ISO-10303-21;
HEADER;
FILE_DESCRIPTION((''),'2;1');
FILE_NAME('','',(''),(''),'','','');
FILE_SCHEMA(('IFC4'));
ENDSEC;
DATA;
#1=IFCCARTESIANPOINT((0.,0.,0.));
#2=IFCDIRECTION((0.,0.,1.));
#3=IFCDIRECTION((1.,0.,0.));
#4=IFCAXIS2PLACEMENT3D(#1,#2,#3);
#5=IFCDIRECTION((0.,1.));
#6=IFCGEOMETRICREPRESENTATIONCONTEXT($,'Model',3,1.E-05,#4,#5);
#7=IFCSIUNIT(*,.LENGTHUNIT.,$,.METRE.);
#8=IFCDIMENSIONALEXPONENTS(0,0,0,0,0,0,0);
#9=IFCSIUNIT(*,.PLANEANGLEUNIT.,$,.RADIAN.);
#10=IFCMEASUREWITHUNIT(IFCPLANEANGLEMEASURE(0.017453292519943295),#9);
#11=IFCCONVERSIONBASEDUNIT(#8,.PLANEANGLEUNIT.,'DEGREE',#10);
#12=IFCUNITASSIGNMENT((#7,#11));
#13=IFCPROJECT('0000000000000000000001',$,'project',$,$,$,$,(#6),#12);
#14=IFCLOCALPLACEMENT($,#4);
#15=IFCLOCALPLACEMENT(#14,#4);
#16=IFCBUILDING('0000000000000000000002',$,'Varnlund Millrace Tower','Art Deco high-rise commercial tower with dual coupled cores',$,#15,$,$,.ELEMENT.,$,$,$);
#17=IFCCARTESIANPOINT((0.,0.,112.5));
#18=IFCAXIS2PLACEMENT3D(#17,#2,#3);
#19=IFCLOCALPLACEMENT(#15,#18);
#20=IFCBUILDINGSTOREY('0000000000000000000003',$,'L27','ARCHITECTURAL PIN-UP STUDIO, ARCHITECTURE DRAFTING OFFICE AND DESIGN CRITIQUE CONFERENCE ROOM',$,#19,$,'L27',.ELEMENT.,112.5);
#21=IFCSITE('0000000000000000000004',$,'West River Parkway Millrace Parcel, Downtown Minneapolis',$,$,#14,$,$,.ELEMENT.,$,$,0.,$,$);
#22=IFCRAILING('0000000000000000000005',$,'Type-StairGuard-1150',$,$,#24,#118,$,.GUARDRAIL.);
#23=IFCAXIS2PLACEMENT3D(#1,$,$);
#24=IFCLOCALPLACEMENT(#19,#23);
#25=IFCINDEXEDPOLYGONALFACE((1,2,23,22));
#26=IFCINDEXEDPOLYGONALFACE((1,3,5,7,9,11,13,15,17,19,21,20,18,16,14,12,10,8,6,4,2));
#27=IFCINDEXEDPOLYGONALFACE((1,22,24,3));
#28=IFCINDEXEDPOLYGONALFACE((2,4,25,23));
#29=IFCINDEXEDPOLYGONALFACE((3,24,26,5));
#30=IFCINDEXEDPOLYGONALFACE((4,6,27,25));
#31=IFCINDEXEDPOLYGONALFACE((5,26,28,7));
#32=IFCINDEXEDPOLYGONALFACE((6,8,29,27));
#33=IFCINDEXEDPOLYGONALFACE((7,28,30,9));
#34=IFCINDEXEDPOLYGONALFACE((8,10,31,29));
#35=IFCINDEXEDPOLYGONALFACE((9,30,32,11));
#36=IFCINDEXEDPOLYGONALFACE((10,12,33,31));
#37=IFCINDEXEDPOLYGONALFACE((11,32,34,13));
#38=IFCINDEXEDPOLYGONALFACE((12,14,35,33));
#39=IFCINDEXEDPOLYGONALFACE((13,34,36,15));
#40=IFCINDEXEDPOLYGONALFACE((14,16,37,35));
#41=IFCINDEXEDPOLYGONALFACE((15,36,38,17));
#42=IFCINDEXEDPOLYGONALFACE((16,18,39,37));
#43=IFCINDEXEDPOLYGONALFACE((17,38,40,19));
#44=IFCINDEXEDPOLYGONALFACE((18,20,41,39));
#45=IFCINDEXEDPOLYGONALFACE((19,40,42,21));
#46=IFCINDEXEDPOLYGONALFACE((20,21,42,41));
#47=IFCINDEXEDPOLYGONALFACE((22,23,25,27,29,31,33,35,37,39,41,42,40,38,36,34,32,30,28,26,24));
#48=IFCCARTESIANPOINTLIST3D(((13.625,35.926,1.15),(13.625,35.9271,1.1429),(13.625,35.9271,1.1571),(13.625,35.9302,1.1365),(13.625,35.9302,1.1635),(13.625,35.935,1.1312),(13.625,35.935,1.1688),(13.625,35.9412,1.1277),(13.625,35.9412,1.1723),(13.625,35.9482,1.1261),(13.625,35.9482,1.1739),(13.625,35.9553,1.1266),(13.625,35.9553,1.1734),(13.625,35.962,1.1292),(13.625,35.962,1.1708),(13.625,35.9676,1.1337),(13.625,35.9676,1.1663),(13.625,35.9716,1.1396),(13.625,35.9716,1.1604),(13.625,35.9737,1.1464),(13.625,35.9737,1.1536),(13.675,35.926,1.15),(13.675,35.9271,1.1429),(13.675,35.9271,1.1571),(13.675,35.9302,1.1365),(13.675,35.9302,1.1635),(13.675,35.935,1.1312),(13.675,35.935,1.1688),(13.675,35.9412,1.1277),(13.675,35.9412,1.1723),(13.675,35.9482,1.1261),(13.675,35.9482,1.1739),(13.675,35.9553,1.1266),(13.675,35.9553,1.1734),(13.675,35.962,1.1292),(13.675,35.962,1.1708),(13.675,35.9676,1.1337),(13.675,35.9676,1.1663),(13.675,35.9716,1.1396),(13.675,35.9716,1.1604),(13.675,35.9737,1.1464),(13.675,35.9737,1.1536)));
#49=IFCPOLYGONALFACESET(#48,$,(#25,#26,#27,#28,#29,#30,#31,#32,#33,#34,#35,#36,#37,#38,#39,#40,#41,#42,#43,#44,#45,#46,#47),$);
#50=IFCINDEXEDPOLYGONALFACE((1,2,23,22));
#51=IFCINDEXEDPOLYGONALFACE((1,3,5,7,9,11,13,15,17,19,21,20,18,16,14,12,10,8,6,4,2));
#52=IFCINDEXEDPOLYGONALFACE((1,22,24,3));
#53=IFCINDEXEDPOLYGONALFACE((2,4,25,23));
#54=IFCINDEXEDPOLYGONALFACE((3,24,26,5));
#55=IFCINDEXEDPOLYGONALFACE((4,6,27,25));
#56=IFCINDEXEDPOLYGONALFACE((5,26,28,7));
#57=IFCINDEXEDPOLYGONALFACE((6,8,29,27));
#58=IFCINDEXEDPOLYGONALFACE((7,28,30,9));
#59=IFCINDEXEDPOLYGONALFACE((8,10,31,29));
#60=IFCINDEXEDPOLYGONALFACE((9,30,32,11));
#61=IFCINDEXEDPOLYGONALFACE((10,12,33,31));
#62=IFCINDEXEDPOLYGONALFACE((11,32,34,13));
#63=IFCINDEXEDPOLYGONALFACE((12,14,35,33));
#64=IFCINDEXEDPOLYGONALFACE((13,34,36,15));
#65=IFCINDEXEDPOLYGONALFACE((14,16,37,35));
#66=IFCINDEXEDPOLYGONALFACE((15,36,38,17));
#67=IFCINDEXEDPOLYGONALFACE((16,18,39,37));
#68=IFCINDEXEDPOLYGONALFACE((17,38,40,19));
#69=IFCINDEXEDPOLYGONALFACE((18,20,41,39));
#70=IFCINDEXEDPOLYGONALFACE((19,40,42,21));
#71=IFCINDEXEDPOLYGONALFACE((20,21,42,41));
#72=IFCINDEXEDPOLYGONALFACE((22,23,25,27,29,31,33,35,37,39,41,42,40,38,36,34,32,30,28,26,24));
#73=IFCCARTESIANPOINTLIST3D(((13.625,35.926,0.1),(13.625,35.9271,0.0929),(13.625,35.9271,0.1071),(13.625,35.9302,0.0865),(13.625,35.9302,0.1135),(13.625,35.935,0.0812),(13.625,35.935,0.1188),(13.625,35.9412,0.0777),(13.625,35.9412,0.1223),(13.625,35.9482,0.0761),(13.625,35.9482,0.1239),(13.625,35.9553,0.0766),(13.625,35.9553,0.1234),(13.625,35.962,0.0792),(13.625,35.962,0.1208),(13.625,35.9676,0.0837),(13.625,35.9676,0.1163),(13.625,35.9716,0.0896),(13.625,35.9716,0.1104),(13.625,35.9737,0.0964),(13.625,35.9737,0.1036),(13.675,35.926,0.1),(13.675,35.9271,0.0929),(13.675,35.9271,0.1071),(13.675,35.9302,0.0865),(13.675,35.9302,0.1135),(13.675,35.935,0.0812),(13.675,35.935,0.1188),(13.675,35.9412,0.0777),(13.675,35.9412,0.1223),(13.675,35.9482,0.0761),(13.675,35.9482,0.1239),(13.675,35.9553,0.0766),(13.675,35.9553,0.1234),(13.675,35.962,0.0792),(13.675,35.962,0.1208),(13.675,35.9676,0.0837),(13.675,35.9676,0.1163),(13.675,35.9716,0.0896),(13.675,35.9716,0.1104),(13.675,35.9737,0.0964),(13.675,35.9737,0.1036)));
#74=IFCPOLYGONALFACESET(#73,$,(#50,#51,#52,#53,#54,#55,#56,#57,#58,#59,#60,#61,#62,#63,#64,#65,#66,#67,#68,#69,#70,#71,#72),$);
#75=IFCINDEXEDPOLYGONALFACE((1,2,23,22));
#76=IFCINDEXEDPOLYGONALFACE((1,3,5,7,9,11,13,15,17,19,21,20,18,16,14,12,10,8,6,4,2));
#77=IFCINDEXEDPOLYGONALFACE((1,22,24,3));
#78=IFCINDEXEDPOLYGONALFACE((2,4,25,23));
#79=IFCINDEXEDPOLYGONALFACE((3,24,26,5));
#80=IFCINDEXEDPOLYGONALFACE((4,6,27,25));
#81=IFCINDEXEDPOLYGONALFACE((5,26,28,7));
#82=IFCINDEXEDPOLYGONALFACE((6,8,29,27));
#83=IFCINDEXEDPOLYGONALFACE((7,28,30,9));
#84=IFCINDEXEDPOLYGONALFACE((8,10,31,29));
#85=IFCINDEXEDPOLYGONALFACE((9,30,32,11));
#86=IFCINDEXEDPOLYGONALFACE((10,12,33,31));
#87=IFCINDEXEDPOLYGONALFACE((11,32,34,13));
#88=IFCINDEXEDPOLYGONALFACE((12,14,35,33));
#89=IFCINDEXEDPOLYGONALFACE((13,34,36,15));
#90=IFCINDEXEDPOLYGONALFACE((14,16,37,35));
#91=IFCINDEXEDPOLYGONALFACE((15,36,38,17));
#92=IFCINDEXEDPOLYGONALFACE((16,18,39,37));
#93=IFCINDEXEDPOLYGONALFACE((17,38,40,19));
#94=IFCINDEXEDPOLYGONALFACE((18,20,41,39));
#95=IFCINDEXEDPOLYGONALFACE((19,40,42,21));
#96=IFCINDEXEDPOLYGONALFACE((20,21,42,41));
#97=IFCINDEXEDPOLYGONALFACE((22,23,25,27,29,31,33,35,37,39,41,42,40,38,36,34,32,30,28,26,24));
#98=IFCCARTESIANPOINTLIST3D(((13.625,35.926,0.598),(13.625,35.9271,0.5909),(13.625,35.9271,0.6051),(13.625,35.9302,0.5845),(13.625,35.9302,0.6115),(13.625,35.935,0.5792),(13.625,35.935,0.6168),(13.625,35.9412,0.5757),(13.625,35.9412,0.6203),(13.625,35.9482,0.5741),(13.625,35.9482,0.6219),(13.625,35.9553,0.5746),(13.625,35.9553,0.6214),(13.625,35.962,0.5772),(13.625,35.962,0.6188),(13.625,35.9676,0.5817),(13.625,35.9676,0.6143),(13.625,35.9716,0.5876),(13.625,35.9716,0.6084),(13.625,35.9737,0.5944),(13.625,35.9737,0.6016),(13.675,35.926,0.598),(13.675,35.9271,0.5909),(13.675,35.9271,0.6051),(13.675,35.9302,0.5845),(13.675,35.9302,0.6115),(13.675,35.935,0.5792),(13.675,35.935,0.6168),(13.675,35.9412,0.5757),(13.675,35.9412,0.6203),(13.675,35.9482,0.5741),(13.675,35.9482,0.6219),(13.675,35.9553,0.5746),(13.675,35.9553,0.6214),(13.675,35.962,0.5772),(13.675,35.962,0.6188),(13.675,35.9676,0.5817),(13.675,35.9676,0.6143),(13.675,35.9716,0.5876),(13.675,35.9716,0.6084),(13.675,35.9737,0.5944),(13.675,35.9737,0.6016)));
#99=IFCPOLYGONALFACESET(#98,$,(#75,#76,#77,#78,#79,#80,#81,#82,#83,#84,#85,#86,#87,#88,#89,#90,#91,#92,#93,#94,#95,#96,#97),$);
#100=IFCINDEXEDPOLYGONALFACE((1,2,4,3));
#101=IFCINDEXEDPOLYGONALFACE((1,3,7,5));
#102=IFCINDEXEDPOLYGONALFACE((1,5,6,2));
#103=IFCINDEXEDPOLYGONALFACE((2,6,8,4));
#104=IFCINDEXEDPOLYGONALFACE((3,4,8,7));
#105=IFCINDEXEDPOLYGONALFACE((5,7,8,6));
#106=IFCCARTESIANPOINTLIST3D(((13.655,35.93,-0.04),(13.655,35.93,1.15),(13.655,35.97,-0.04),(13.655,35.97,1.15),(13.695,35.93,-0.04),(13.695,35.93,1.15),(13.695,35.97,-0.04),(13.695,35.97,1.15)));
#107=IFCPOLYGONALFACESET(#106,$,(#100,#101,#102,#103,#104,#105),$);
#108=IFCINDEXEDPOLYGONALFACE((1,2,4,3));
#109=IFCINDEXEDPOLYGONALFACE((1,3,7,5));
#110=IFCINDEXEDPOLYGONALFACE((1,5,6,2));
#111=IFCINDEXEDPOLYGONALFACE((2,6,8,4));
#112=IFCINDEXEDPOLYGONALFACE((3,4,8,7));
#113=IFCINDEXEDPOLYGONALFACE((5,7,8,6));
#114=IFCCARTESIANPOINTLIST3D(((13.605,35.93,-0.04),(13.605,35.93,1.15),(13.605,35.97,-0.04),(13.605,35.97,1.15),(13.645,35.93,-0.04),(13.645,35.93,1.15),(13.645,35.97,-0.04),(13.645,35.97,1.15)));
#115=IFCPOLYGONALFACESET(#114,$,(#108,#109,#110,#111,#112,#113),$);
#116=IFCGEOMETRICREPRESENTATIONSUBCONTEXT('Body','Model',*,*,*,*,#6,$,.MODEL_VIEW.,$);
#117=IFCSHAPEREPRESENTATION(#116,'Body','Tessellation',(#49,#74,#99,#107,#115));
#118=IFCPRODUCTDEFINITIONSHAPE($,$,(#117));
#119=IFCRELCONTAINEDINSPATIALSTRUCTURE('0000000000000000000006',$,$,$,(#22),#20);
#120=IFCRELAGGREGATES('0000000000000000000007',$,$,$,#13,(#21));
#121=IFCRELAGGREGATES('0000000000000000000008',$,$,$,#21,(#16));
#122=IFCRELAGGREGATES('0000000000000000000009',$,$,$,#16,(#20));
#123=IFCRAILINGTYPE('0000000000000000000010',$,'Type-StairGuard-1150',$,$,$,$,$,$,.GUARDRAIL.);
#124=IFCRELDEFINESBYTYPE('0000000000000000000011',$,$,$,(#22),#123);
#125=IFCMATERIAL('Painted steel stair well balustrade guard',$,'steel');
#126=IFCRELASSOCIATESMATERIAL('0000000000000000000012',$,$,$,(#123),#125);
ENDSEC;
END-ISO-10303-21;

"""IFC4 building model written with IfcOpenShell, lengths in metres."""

from ifc_helpers import new_model, entity, si_unit, converted_unit, direction, frame, origin_with_axes, origin_2d_with_axis, place, context, subcontext, project, spatial, rectangle, circle, extrude, material, type_object, element, save


model = new_model("IFC4")

# Units and contexts
model_context = context("Model", 3, precision=1e-05, world=origin_with_axes(), true_north=direction((0.0, 1.0)))
body_context = subcontext(model_context, "Body", "Model", "MODEL_VIEW")
ifc_project = project(units=[si_unit("LENGTHUNIT", "METRE"), converted_unit("PLANEANGLEUNIT", "DEGREE", entity("IfcPlaneAngleMeasure", 0.017453292519943295), si_unit("PLANEANGLEUNIT", "RADIAN"), dimensions=[0, 0, 0, 0, 0, 0, 0])], contexts=[model_context])

# Site, building, storey
site_placement = place(None, origin_with_axes())
site = spatial("IfcSite", under=ifc_project, at=site_placement, Name="West River Parkway Millrace Parcel, Downtown Minneapolis", CompositionType="ELEMENT", RefElevation=0.0)
building_placement = place(site_placement, origin_with_axes())
building = spatial("IfcBuilding", under=site, at=building_placement, Name="Varnlund Millrace Tower", Description="Art Deco high-rise commercial tower with dual coupled cores", CompositionType="ELEMENT")
storey_placement = place(building_placement, frame((0.0, 0.0, 112.5), z_axis=(0.0, 0.0, 1.0), x_axis=(1.0, 0.0, 0.0)))
storey = spatial("IfcBuildingStorey", under=building, at=storey_placement, Name="L27", Description="ARCHITECTURAL PIN-UP STUDIO, ARCHITECTURE DRAFTING OFFICE AND DESIGN CRITIQUE CONFERENCE ROOM", LongName="L27", CompositionType="ELEMENT", Elevation=112.5)

# Railing
ifc_material_1 = material(Name="Painted steel stair well balustrade guard", Category="steel")
railing_type_1 = type_object("IfcRailingType", Name="Type-StairGuard-1150", PredefinedType="GUARDRAIL", material=ifc_material_1)
railing_1_placement = place(storey_placement, frame((0.0, 0.0, -112.5), z_axis=(0.0, 0.0, 1.0), x_axis=(1.0, 0.0, 0.0)))
element("IfcRailing", 1, at=railing_1_placement, inside=storey, type_object=railing_type_1, Name="Type-StairGuard-1150", PredefinedType="GUARDRAIL", context=body_context, shape_type="SweptSolid", body=[
    extrude(circle(Radius=0.024, at=origin_2d_with_axis()), frame((13.675, 35.95, 113.65), z_axis=(-1.0, 0.0, 0.0), x_axis=(0.0, -1.0, 0.0)), (0.0, 0.0, 1.0), 0.05),
    extrude(circle(Radius=0.024, at=origin_2d_with_axis()), frame((13.675, 35.95, 112.6), z_axis=(-1.0, 0.0, 0.0), x_axis=(0.0, -1.0, 0.0)), (0.0, 0.0, 1.0), 0.05),
    extrude(circle(Radius=0.024, at=origin_2d_with_axis()), frame((13.675, 35.95, 113.098), z_axis=(-1.0, 0.0, 0.0), x_axis=(0.0, -1.0, 0.0)), (0.0, 0.0, 1.0), 0.05),
    extrude(rectangle(XDim=0.04, YDim=0.04, at=origin_2d_with_axis()), frame((13.675, 35.95, 112.46), z_axis=(0.0, 0.0, 1.0), x_axis=(1.0, 0.0, 0.0)), (0.0, 0.0, 1.0), 1.19),
    extrude(rectangle(XDim=0.04, YDim=0.04, at=origin_2d_with_axis()), frame((13.625, 35.95, 112.46), z_axis=(0.0, 0.0, 1.0), x_axis=(1.0, 0.0, 0.0)), (0.0, 0.0, 1.0), 1.19),
])

save(model, "model.ifc")
